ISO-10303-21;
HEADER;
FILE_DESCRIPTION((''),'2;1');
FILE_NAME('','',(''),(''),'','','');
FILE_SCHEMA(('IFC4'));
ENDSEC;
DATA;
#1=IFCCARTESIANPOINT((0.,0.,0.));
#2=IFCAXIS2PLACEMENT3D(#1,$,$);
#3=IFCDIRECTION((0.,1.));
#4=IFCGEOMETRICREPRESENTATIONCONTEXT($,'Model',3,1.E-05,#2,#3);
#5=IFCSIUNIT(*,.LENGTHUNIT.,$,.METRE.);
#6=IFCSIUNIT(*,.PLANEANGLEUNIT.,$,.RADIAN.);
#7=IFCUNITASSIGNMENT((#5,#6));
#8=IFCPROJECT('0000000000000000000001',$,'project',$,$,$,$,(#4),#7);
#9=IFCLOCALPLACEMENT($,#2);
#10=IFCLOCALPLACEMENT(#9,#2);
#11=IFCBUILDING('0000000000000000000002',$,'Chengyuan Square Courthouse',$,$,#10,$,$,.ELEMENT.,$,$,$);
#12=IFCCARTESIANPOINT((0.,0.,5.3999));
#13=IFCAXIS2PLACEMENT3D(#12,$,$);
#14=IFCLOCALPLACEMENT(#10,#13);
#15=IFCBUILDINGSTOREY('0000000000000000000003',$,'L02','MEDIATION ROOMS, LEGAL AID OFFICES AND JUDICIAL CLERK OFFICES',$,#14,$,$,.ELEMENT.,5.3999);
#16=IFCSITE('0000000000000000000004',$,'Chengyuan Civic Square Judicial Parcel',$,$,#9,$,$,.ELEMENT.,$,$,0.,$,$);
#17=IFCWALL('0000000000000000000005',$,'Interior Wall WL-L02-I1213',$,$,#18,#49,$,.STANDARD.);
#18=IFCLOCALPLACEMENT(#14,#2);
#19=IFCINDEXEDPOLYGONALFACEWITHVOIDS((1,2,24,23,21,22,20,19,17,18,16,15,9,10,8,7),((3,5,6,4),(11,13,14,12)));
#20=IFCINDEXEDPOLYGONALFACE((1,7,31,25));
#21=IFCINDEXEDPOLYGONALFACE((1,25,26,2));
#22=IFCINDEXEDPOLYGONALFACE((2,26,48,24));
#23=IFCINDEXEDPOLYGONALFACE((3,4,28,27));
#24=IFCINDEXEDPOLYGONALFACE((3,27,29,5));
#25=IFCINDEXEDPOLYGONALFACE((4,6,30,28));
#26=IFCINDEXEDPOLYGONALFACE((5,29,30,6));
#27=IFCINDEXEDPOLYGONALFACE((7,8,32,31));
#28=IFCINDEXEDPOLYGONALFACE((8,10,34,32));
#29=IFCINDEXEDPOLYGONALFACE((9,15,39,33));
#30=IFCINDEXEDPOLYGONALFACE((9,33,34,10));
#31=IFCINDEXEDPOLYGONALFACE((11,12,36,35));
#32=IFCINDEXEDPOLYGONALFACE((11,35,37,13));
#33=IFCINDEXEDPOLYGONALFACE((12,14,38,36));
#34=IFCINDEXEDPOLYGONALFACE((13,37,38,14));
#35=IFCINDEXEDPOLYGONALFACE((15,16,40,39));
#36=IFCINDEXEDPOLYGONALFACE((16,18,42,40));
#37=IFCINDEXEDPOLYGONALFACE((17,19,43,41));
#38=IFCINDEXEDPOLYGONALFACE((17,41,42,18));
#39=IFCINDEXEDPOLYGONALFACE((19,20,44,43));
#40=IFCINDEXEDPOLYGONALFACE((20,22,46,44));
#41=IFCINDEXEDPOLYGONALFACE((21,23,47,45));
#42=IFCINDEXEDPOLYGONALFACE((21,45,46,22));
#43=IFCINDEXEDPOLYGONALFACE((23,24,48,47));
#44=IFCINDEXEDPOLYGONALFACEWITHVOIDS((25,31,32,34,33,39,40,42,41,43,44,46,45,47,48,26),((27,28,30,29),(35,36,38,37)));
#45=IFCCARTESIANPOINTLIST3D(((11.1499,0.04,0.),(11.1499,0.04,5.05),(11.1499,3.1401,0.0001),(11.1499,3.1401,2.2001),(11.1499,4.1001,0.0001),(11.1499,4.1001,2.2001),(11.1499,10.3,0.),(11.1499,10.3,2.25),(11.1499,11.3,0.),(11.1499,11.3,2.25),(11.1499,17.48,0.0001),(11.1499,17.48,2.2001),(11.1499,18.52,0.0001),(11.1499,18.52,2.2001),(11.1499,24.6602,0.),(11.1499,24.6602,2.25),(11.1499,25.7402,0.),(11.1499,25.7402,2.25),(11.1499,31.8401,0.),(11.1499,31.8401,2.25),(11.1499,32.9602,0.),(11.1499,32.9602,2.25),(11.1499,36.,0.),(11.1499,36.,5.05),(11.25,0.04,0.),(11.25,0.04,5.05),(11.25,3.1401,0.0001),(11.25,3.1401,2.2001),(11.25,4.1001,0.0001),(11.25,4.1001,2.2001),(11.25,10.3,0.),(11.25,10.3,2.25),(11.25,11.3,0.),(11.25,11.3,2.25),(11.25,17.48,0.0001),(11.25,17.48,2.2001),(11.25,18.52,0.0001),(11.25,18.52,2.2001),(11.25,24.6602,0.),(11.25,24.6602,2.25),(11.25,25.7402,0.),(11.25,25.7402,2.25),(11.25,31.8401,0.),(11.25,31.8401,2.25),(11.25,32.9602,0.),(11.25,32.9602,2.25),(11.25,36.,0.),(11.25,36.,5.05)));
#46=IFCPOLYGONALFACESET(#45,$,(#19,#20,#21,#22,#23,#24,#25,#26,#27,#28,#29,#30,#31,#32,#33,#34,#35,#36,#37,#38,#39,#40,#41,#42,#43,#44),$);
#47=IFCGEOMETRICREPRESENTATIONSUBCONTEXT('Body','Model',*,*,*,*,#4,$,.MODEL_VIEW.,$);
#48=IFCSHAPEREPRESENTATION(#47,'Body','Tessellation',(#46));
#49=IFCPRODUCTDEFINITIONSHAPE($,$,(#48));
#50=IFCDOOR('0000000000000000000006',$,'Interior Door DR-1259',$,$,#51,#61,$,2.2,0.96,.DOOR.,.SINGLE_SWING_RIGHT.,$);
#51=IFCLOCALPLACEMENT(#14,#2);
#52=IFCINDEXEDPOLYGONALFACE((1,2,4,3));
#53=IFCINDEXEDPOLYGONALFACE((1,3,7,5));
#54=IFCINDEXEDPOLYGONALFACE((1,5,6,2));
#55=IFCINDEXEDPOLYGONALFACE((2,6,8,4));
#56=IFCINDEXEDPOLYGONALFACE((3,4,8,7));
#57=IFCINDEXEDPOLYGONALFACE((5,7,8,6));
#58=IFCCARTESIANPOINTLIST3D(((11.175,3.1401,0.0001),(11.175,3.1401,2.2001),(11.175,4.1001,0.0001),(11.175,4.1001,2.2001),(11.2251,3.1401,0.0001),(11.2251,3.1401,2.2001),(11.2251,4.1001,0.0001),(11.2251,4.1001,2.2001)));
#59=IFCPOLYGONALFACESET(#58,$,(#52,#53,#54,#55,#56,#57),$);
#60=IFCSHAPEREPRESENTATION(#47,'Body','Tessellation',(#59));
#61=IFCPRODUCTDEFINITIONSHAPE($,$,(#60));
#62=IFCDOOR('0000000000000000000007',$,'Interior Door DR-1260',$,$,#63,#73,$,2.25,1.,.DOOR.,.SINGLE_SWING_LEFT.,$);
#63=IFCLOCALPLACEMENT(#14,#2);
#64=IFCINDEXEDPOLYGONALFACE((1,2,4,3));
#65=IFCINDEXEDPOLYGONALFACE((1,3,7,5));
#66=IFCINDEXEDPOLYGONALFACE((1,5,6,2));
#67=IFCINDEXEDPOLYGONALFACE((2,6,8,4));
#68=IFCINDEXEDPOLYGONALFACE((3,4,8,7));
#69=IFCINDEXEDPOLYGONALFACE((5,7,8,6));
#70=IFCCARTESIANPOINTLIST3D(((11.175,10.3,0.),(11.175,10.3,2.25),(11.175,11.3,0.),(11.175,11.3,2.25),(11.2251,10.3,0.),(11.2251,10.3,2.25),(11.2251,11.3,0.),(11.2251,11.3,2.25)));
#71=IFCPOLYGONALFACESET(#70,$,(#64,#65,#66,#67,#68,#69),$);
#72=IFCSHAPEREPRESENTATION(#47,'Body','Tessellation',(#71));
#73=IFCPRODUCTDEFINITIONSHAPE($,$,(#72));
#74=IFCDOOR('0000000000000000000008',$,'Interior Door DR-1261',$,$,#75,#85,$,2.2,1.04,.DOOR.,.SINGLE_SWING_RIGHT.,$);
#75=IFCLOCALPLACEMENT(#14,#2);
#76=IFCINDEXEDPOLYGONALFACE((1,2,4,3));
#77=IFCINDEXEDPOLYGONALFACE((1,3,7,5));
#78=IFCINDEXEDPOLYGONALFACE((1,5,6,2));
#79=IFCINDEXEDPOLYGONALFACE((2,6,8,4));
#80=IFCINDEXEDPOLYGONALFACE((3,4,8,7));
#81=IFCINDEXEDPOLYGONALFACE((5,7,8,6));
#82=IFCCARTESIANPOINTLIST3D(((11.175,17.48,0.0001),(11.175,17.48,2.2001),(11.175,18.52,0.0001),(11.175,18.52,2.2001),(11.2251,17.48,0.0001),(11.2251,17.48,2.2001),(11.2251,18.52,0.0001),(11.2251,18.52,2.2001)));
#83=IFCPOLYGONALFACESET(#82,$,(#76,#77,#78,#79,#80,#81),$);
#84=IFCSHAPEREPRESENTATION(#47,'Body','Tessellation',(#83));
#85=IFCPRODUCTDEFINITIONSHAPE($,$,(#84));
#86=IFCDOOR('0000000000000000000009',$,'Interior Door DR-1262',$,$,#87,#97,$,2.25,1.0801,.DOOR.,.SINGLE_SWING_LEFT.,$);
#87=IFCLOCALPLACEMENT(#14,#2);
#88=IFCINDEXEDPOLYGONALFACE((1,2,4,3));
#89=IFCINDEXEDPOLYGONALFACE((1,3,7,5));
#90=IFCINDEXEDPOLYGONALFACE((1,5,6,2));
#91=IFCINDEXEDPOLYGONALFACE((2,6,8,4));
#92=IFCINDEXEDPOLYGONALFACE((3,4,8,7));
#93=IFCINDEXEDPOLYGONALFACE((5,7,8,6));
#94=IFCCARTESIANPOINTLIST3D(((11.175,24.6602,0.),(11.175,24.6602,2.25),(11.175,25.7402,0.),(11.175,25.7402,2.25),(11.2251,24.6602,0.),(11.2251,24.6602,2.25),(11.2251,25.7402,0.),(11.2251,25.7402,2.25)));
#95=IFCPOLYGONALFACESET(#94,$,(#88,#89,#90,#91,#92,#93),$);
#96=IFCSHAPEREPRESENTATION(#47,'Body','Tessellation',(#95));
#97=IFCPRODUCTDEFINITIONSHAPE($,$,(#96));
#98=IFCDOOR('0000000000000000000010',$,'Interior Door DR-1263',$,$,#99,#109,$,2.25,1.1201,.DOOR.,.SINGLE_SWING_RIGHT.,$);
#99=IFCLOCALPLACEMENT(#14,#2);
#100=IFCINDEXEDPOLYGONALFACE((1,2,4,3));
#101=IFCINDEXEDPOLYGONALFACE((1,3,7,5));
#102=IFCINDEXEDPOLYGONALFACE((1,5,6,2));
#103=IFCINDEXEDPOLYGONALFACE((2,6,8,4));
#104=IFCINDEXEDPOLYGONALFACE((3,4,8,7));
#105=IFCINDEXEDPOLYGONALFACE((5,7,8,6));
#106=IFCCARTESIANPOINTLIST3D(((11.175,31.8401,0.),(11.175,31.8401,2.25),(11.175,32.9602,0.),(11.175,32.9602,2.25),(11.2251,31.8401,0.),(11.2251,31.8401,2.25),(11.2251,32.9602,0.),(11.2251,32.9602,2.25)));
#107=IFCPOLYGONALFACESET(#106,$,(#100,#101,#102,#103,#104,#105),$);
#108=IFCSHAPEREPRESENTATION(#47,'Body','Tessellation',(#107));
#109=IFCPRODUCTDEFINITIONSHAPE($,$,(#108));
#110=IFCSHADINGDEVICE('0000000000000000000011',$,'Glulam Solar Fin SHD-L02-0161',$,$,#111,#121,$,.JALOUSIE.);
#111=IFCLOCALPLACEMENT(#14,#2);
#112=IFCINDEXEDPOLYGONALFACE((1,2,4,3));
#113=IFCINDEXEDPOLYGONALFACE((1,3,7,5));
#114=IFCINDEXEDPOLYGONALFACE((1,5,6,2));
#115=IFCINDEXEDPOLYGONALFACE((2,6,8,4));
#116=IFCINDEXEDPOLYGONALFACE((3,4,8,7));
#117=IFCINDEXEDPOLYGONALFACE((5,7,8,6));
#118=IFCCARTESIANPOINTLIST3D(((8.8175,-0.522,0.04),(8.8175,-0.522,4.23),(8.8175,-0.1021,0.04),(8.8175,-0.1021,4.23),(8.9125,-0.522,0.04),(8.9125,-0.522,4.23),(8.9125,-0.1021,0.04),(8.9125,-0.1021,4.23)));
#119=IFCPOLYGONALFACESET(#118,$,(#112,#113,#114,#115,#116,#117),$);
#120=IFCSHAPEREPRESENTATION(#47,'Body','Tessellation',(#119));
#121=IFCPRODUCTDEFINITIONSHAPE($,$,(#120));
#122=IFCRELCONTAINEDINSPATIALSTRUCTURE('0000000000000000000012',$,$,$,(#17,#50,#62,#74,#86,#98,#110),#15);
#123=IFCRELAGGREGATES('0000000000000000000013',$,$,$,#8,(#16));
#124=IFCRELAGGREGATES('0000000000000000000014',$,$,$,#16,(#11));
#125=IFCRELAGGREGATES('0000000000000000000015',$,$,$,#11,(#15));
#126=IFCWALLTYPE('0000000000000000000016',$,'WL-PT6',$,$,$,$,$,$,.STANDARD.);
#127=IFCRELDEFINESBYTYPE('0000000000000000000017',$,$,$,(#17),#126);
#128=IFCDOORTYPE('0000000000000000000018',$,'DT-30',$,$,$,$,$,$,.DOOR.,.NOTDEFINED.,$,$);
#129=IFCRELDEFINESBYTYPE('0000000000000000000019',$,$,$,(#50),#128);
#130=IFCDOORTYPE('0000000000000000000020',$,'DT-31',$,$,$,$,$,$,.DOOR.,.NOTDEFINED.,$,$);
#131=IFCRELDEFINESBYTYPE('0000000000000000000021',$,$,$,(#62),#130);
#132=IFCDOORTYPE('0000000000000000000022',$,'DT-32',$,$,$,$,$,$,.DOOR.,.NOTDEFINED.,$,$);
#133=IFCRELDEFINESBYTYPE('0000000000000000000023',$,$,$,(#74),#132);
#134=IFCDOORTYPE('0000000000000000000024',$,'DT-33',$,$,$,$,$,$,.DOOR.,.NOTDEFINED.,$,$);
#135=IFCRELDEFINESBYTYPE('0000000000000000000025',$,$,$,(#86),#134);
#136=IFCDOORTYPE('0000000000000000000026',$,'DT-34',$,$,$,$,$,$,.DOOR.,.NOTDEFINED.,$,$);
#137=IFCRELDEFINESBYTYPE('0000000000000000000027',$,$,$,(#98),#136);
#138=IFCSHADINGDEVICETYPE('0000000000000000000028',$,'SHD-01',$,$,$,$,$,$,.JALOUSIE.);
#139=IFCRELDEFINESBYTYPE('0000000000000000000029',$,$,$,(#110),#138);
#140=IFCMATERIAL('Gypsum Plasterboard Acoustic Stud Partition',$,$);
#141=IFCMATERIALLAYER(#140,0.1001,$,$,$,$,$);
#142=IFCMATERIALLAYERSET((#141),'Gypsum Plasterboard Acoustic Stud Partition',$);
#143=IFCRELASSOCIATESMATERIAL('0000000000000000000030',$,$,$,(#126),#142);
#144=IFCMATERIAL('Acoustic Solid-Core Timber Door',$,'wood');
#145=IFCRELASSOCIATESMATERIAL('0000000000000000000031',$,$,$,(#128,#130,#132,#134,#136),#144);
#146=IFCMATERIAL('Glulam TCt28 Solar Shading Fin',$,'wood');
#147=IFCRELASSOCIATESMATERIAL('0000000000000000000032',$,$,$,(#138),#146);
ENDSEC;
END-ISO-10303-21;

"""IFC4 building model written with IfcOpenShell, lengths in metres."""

from ifc_helpers import new_model, si_unit, direction, frame, frame_2d, origin, origin_2d, place, context, subcontext, project, spatial, rectangle, extrude, material, layer, layer_set, type_object, element, fill, save


model = new_model("IFC4")

# Units and contexts
model_context = context("Model", 3, precision=1e-05, world=origin(), true_north=direction((0.0, 1.0)))
body_context = subcontext(model_context, "Body", "Model", "MODEL_VIEW")
ifc_project = project(units=[si_unit("LENGTHUNIT", "METRE"), si_unit("PLANEANGLEUNIT", "RADIAN")], contexts=[model_context])

# Site, building, storey
site_placement = place(None, origin())
site = spatial("IfcSite", under=ifc_project, at=site_placement, Name="Chengyuan Civic Square Judicial Parcel", CompositionType="ELEMENT", RefElevation=0.0)
building_placement = place(site_placement, origin())
building = spatial("IfcBuilding", under=site, at=building_placement, Name="Chengyuan Square Courthouse", CompositionType="ELEMENT")
storey_placement = place(building_placement, frame((0.0, 0.0, 5.3999)))
storey = spatial("IfcBuildingStorey", under=building, at=storey_placement, Name="L02", Description="MEDIATION ROOMS, LEGAL AID OFFICES AND JUDICIAL CLERK OFFICES", CompositionType="ELEMENT", Elevation=5.3999)

# Shared definitions
ifc_material_1 = material(Name="Acoustic Solid-Core Timber Door", Category="wood")

# Shared definitions
ifc_material_2 = material(Name="Gypsum Plasterboard Acoustic Stud Partition")
ifc_layer_1 = layer(ifc_material_2, 0.1001)
ifc_layer_set_1 = layer_set([ifc_layer_1], Name="Gypsum Plasterboard Acoustic Stud Partition")
wall_type_1 = type_object("IfcWallType", Name="WL-PT6", PredefinedType="STANDARD", material=ifc_layer_set_1)

# Wall, openings, doors
wall_1_placement = place(storey_placement, frame((11.2, 0.04, 0.0), z_axis=(0.0, 0.0, 1.0), x_axis=(0.0, 1.0, 0.0)))
wall_1 = element("IfcWall", 1, at=wall_1_placement, inside=storey, type_object=wall_type_1, Name="Interior Wall WL-L02-I1213", PredefinedType="STANDARD", context=body_context, shape_type="SweptSolid", body=[
    extrude(rectangle(XDim=35.96, YDim=0.1001, at=frame_2d((17.98, 0.0))), origin(), (0.0, 0.0, 1.0), 5.05),
])
opening_1_placement = place(wall_1_placement, frame((3.1001, 0.0, 0.0)))
opening_1 = element("IfcOpeningElement", 2, at=opening_1_placement, cuts=wall_1, PredefinedType="OPENING", context=body_context, shape_type="SweptSolid", body=[
    extrude(rectangle(XDim=0.96, YDim=2.2, at=frame_2d((0.48, 1.1001))), frame((0.0, 0.062, 0.0), z_axis=(0.0, -1.0, 0.0), x_axis=(1.0, 0.0, 0.0)), (0.0, 0.0, 1.0), 0.124),
])
opening_2_placement = place(wall_1_placement, frame((10.26, 0.0, 0.0)))
opening_2 = element("IfcOpeningElement", 3, at=opening_2_placement, cuts=wall_1, PredefinedType="OPENING", context=body_context, shape_type="SweptSolid", body=[
    extrude(rectangle(XDim=1.0, YDim=2.25, at=frame_2d((0.5, 1.125))), frame((0.0, 0.062, 0.0), z_axis=(0.0, -1.0, 0.0), x_axis=(1.0, 0.0, 0.0)), (0.0, 0.0, 1.0), 0.124),
])
opening_3_placement = place(wall_1_placement, frame((17.4399, 0.0, 0.0)))
opening_3 = element("IfcOpeningElement", 4, at=opening_3_placement, cuts=wall_1, PredefinedType="OPENING", context=body_context, shape_type="SweptSolid", body=[
    extrude(rectangle(XDim=1.04, YDim=2.2, at=frame_2d((0.52, 1.1001))), frame((0.0, 0.062, 0.0), z_axis=(0.0, -1.0, 0.0), x_axis=(1.0, 0.0, 0.0)), (0.0, 0.0, 1.0), 0.124),
])
opening_4_placement = place(wall_1_placement, frame((24.6201, 0.0, 0.0)))
opening_4 = element("IfcOpeningElement", 5, at=opening_4_placement, cuts=wall_1, PredefinedType="OPENING", context=body_context, shape_type="SweptSolid", body=[
    extrude(rectangle(XDim=1.0801, YDim=2.25, at=frame_2d((0.54, 1.125))), frame((0.0, 0.062, 0.0), z_axis=(0.0, -1.0, 0.0), x_axis=(1.0, 0.0, 0.0)), (0.0, 0.0, 1.0), 0.124),
])
opening_5_placement = place(wall_1_placement, frame((31.8, 0.0, 0.0)))
opening_5 = element("IfcOpeningElement", 6, at=opening_5_placement, cuts=wall_1, PredefinedType="OPENING", context=body_context, shape_type="SweptSolid", body=[
    extrude(rectangle(XDim=1.1201, YDim=2.25, at=frame_2d((0.5601, 1.125))), frame((0.0, 0.062, 0.0), z_axis=(0.0, -1.0, 0.0), x_axis=(1.0, 0.0, 0.0)), (0.0, 0.0, 1.0), 0.124),
])
door_type_1 = type_object("IfcDoorType", Name="DT-30", OperationType="NOTDEFINED", PredefinedType="DOOR", material=ifc_material_1)
door_1_placement = place(opening_1_placement, origin())
door_1 = element("IfcDoor", 7, at=door_1_placement, inside=storey, type_object=door_type_1, Name="Interior Door DR-1259", OperationType="SINGLE_SWING_RIGHT", OverallHeight=2.2, OverallWidth=0.96, PredefinedType="DOOR", context=body_context, shape_type="SweptSolid", body=[
    extrude(rectangle(XDim=0.96, YDim=2.2, at=frame_2d((0.48, 1.1001))), frame((0.0, 0.0249, 0.0), z_axis=(0.0, -1.0, 0.0), x_axis=(1.0, 0.0, 0.0)), (0.0, 0.0, 1.0), 0.05),
])
fill(opening_1, door_1)
door_type_2 = type_object("IfcDoorType", Name="DT-31", OperationType="NOTDEFINED", PredefinedType="DOOR", material=ifc_material_1)
door_2_placement = place(opening_2_placement, origin())
door_2 = element("IfcDoor", 8, at=door_2_placement, inside=storey, type_object=door_type_2, Name="Interior Door DR-1260", OperationType="SINGLE_SWING_LEFT", OverallHeight=2.25, OverallWidth=1.0, PredefinedType="DOOR", context=body_context, shape_type="SweptSolid", body=[
    extrude(rectangle(XDim=1.0, YDim=2.25, at=frame_2d((0.5, 1.125))), frame((0.0, 0.0249, 0.0), z_axis=(0.0, -1.0, 0.0), x_axis=(1.0, 0.0, 0.0)), (0.0, 0.0, 1.0), 0.05),
])
fill(opening_2, door_2)
door_type_3 = type_object("IfcDoorType", Name="DT-32", OperationType="NOTDEFINED", PredefinedType="DOOR", material=ifc_material_1)
door_3_placement = place(opening_3_placement, origin())
door_3 = element("IfcDoor", 9, at=door_3_placement, inside=storey, type_object=door_type_3, Name="Interior Door DR-1261", OperationType="SINGLE_SWING_RIGHT", OverallHeight=2.2, OverallWidth=1.04, PredefinedType="DOOR", context=body_context, shape_type="SweptSolid", body=[
    extrude(rectangle(XDim=1.04, YDim=2.2, at=frame_2d((0.52, 1.1001))), frame((0.0, 0.0249, 0.0), z_axis=(0.0, -1.0, 0.0), x_axis=(1.0, 0.0, 0.0)), (0.0, 0.0, 1.0), 0.05),
])
fill(opening_3, door_3)
door_type_4 = type_object("IfcDoorType", Name="DT-33", OperationType="NOTDEFINED", PredefinedType="DOOR", material=ifc_material_1)
door_4_placement = place(opening_4_placement, origin())
door_4 = element("IfcDoor", 10, at=door_4_placement, inside=storey, type_object=door_type_4, Name="Interior Door DR-1262", OperationType="SINGLE_SWING_LEFT", OverallHeight=2.25, OverallWidth=1.0801, PredefinedType="DOOR", context=body_context, shape_type="SweptSolid", body=[
    extrude(rectangle(XDim=1.0801, YDim=2.25, at=frame_2d((0.54, 1.125))), frame((0.0, 0.0249, 0.0), z_axis=(0.0, -1.0, 0.0), x_axis=(1.0, 0.0, 0.0)), (0.0, 0.0, 1.0), 0.05),
])
fill(opening_4, door_4)
door_type_5 = type_object("IfcDoorType", Name="DT-34", OperationType="NOTDEFINED", PredefinedType="DOOR", material=ifc_material_1)
door_5_placement = place(opening_5_placement, origin())
door_5 = element("IfcDoor", 11, at=door_5_placement, inside=storey, type_object=door_type_5, Name="Interior Door DR-1263", OperationType="SINGLE_SWING_RIGHT", OverallHeight=2.25, OverallWidth=1.1201, PredefinedType="DOOR", context=body_context, shape_type="SweptSolid", body=[
    extrude(rectangle(XDim=1.1201, YDim=2.25, at=frame_2d((0.5601, 1.125))), frame((0.0, 0.0249, 0.0), z_axis=(0.0, -1.0, 0.0), x_axis=(1.0, 0.0, 0.0)), (0.0, 0.0, 1.0), 0.05),
])
fill(opening_5, door_5)

# Shading device
ifc_material_3 = material(Name="Glulam TCt28 Solar Shading Fin", Category="wood")
shading_device_type = type_object("IfcShadingDeviceType", Name="SHD-01", PredefinedType="JALOUSIE", material=ifc_material_3)
shading_device_placement = place(storey_placement, frame((8.865, -0.312, 0.04), z_axis=(0.0, 0.0, 1.0), x_axis=(0.0, 1.0, 0.0)))
element("IfcShadingDevice", 12, at=shading_device_placement, inside=storey, type_object=shading_device_type, Name="Glulam Solar Fin SHD-L02-0161", PredefinedType="JALOUSIE", context=body_context, shape_type="SweptSolid", body=[
    extrude(rectangle(XDim=0.4199, YDim=0.095, at=origin_2d()), origin(), (0.0, 0.0, 1.0), 4.1899),
])

save(model, "model.ifc")
